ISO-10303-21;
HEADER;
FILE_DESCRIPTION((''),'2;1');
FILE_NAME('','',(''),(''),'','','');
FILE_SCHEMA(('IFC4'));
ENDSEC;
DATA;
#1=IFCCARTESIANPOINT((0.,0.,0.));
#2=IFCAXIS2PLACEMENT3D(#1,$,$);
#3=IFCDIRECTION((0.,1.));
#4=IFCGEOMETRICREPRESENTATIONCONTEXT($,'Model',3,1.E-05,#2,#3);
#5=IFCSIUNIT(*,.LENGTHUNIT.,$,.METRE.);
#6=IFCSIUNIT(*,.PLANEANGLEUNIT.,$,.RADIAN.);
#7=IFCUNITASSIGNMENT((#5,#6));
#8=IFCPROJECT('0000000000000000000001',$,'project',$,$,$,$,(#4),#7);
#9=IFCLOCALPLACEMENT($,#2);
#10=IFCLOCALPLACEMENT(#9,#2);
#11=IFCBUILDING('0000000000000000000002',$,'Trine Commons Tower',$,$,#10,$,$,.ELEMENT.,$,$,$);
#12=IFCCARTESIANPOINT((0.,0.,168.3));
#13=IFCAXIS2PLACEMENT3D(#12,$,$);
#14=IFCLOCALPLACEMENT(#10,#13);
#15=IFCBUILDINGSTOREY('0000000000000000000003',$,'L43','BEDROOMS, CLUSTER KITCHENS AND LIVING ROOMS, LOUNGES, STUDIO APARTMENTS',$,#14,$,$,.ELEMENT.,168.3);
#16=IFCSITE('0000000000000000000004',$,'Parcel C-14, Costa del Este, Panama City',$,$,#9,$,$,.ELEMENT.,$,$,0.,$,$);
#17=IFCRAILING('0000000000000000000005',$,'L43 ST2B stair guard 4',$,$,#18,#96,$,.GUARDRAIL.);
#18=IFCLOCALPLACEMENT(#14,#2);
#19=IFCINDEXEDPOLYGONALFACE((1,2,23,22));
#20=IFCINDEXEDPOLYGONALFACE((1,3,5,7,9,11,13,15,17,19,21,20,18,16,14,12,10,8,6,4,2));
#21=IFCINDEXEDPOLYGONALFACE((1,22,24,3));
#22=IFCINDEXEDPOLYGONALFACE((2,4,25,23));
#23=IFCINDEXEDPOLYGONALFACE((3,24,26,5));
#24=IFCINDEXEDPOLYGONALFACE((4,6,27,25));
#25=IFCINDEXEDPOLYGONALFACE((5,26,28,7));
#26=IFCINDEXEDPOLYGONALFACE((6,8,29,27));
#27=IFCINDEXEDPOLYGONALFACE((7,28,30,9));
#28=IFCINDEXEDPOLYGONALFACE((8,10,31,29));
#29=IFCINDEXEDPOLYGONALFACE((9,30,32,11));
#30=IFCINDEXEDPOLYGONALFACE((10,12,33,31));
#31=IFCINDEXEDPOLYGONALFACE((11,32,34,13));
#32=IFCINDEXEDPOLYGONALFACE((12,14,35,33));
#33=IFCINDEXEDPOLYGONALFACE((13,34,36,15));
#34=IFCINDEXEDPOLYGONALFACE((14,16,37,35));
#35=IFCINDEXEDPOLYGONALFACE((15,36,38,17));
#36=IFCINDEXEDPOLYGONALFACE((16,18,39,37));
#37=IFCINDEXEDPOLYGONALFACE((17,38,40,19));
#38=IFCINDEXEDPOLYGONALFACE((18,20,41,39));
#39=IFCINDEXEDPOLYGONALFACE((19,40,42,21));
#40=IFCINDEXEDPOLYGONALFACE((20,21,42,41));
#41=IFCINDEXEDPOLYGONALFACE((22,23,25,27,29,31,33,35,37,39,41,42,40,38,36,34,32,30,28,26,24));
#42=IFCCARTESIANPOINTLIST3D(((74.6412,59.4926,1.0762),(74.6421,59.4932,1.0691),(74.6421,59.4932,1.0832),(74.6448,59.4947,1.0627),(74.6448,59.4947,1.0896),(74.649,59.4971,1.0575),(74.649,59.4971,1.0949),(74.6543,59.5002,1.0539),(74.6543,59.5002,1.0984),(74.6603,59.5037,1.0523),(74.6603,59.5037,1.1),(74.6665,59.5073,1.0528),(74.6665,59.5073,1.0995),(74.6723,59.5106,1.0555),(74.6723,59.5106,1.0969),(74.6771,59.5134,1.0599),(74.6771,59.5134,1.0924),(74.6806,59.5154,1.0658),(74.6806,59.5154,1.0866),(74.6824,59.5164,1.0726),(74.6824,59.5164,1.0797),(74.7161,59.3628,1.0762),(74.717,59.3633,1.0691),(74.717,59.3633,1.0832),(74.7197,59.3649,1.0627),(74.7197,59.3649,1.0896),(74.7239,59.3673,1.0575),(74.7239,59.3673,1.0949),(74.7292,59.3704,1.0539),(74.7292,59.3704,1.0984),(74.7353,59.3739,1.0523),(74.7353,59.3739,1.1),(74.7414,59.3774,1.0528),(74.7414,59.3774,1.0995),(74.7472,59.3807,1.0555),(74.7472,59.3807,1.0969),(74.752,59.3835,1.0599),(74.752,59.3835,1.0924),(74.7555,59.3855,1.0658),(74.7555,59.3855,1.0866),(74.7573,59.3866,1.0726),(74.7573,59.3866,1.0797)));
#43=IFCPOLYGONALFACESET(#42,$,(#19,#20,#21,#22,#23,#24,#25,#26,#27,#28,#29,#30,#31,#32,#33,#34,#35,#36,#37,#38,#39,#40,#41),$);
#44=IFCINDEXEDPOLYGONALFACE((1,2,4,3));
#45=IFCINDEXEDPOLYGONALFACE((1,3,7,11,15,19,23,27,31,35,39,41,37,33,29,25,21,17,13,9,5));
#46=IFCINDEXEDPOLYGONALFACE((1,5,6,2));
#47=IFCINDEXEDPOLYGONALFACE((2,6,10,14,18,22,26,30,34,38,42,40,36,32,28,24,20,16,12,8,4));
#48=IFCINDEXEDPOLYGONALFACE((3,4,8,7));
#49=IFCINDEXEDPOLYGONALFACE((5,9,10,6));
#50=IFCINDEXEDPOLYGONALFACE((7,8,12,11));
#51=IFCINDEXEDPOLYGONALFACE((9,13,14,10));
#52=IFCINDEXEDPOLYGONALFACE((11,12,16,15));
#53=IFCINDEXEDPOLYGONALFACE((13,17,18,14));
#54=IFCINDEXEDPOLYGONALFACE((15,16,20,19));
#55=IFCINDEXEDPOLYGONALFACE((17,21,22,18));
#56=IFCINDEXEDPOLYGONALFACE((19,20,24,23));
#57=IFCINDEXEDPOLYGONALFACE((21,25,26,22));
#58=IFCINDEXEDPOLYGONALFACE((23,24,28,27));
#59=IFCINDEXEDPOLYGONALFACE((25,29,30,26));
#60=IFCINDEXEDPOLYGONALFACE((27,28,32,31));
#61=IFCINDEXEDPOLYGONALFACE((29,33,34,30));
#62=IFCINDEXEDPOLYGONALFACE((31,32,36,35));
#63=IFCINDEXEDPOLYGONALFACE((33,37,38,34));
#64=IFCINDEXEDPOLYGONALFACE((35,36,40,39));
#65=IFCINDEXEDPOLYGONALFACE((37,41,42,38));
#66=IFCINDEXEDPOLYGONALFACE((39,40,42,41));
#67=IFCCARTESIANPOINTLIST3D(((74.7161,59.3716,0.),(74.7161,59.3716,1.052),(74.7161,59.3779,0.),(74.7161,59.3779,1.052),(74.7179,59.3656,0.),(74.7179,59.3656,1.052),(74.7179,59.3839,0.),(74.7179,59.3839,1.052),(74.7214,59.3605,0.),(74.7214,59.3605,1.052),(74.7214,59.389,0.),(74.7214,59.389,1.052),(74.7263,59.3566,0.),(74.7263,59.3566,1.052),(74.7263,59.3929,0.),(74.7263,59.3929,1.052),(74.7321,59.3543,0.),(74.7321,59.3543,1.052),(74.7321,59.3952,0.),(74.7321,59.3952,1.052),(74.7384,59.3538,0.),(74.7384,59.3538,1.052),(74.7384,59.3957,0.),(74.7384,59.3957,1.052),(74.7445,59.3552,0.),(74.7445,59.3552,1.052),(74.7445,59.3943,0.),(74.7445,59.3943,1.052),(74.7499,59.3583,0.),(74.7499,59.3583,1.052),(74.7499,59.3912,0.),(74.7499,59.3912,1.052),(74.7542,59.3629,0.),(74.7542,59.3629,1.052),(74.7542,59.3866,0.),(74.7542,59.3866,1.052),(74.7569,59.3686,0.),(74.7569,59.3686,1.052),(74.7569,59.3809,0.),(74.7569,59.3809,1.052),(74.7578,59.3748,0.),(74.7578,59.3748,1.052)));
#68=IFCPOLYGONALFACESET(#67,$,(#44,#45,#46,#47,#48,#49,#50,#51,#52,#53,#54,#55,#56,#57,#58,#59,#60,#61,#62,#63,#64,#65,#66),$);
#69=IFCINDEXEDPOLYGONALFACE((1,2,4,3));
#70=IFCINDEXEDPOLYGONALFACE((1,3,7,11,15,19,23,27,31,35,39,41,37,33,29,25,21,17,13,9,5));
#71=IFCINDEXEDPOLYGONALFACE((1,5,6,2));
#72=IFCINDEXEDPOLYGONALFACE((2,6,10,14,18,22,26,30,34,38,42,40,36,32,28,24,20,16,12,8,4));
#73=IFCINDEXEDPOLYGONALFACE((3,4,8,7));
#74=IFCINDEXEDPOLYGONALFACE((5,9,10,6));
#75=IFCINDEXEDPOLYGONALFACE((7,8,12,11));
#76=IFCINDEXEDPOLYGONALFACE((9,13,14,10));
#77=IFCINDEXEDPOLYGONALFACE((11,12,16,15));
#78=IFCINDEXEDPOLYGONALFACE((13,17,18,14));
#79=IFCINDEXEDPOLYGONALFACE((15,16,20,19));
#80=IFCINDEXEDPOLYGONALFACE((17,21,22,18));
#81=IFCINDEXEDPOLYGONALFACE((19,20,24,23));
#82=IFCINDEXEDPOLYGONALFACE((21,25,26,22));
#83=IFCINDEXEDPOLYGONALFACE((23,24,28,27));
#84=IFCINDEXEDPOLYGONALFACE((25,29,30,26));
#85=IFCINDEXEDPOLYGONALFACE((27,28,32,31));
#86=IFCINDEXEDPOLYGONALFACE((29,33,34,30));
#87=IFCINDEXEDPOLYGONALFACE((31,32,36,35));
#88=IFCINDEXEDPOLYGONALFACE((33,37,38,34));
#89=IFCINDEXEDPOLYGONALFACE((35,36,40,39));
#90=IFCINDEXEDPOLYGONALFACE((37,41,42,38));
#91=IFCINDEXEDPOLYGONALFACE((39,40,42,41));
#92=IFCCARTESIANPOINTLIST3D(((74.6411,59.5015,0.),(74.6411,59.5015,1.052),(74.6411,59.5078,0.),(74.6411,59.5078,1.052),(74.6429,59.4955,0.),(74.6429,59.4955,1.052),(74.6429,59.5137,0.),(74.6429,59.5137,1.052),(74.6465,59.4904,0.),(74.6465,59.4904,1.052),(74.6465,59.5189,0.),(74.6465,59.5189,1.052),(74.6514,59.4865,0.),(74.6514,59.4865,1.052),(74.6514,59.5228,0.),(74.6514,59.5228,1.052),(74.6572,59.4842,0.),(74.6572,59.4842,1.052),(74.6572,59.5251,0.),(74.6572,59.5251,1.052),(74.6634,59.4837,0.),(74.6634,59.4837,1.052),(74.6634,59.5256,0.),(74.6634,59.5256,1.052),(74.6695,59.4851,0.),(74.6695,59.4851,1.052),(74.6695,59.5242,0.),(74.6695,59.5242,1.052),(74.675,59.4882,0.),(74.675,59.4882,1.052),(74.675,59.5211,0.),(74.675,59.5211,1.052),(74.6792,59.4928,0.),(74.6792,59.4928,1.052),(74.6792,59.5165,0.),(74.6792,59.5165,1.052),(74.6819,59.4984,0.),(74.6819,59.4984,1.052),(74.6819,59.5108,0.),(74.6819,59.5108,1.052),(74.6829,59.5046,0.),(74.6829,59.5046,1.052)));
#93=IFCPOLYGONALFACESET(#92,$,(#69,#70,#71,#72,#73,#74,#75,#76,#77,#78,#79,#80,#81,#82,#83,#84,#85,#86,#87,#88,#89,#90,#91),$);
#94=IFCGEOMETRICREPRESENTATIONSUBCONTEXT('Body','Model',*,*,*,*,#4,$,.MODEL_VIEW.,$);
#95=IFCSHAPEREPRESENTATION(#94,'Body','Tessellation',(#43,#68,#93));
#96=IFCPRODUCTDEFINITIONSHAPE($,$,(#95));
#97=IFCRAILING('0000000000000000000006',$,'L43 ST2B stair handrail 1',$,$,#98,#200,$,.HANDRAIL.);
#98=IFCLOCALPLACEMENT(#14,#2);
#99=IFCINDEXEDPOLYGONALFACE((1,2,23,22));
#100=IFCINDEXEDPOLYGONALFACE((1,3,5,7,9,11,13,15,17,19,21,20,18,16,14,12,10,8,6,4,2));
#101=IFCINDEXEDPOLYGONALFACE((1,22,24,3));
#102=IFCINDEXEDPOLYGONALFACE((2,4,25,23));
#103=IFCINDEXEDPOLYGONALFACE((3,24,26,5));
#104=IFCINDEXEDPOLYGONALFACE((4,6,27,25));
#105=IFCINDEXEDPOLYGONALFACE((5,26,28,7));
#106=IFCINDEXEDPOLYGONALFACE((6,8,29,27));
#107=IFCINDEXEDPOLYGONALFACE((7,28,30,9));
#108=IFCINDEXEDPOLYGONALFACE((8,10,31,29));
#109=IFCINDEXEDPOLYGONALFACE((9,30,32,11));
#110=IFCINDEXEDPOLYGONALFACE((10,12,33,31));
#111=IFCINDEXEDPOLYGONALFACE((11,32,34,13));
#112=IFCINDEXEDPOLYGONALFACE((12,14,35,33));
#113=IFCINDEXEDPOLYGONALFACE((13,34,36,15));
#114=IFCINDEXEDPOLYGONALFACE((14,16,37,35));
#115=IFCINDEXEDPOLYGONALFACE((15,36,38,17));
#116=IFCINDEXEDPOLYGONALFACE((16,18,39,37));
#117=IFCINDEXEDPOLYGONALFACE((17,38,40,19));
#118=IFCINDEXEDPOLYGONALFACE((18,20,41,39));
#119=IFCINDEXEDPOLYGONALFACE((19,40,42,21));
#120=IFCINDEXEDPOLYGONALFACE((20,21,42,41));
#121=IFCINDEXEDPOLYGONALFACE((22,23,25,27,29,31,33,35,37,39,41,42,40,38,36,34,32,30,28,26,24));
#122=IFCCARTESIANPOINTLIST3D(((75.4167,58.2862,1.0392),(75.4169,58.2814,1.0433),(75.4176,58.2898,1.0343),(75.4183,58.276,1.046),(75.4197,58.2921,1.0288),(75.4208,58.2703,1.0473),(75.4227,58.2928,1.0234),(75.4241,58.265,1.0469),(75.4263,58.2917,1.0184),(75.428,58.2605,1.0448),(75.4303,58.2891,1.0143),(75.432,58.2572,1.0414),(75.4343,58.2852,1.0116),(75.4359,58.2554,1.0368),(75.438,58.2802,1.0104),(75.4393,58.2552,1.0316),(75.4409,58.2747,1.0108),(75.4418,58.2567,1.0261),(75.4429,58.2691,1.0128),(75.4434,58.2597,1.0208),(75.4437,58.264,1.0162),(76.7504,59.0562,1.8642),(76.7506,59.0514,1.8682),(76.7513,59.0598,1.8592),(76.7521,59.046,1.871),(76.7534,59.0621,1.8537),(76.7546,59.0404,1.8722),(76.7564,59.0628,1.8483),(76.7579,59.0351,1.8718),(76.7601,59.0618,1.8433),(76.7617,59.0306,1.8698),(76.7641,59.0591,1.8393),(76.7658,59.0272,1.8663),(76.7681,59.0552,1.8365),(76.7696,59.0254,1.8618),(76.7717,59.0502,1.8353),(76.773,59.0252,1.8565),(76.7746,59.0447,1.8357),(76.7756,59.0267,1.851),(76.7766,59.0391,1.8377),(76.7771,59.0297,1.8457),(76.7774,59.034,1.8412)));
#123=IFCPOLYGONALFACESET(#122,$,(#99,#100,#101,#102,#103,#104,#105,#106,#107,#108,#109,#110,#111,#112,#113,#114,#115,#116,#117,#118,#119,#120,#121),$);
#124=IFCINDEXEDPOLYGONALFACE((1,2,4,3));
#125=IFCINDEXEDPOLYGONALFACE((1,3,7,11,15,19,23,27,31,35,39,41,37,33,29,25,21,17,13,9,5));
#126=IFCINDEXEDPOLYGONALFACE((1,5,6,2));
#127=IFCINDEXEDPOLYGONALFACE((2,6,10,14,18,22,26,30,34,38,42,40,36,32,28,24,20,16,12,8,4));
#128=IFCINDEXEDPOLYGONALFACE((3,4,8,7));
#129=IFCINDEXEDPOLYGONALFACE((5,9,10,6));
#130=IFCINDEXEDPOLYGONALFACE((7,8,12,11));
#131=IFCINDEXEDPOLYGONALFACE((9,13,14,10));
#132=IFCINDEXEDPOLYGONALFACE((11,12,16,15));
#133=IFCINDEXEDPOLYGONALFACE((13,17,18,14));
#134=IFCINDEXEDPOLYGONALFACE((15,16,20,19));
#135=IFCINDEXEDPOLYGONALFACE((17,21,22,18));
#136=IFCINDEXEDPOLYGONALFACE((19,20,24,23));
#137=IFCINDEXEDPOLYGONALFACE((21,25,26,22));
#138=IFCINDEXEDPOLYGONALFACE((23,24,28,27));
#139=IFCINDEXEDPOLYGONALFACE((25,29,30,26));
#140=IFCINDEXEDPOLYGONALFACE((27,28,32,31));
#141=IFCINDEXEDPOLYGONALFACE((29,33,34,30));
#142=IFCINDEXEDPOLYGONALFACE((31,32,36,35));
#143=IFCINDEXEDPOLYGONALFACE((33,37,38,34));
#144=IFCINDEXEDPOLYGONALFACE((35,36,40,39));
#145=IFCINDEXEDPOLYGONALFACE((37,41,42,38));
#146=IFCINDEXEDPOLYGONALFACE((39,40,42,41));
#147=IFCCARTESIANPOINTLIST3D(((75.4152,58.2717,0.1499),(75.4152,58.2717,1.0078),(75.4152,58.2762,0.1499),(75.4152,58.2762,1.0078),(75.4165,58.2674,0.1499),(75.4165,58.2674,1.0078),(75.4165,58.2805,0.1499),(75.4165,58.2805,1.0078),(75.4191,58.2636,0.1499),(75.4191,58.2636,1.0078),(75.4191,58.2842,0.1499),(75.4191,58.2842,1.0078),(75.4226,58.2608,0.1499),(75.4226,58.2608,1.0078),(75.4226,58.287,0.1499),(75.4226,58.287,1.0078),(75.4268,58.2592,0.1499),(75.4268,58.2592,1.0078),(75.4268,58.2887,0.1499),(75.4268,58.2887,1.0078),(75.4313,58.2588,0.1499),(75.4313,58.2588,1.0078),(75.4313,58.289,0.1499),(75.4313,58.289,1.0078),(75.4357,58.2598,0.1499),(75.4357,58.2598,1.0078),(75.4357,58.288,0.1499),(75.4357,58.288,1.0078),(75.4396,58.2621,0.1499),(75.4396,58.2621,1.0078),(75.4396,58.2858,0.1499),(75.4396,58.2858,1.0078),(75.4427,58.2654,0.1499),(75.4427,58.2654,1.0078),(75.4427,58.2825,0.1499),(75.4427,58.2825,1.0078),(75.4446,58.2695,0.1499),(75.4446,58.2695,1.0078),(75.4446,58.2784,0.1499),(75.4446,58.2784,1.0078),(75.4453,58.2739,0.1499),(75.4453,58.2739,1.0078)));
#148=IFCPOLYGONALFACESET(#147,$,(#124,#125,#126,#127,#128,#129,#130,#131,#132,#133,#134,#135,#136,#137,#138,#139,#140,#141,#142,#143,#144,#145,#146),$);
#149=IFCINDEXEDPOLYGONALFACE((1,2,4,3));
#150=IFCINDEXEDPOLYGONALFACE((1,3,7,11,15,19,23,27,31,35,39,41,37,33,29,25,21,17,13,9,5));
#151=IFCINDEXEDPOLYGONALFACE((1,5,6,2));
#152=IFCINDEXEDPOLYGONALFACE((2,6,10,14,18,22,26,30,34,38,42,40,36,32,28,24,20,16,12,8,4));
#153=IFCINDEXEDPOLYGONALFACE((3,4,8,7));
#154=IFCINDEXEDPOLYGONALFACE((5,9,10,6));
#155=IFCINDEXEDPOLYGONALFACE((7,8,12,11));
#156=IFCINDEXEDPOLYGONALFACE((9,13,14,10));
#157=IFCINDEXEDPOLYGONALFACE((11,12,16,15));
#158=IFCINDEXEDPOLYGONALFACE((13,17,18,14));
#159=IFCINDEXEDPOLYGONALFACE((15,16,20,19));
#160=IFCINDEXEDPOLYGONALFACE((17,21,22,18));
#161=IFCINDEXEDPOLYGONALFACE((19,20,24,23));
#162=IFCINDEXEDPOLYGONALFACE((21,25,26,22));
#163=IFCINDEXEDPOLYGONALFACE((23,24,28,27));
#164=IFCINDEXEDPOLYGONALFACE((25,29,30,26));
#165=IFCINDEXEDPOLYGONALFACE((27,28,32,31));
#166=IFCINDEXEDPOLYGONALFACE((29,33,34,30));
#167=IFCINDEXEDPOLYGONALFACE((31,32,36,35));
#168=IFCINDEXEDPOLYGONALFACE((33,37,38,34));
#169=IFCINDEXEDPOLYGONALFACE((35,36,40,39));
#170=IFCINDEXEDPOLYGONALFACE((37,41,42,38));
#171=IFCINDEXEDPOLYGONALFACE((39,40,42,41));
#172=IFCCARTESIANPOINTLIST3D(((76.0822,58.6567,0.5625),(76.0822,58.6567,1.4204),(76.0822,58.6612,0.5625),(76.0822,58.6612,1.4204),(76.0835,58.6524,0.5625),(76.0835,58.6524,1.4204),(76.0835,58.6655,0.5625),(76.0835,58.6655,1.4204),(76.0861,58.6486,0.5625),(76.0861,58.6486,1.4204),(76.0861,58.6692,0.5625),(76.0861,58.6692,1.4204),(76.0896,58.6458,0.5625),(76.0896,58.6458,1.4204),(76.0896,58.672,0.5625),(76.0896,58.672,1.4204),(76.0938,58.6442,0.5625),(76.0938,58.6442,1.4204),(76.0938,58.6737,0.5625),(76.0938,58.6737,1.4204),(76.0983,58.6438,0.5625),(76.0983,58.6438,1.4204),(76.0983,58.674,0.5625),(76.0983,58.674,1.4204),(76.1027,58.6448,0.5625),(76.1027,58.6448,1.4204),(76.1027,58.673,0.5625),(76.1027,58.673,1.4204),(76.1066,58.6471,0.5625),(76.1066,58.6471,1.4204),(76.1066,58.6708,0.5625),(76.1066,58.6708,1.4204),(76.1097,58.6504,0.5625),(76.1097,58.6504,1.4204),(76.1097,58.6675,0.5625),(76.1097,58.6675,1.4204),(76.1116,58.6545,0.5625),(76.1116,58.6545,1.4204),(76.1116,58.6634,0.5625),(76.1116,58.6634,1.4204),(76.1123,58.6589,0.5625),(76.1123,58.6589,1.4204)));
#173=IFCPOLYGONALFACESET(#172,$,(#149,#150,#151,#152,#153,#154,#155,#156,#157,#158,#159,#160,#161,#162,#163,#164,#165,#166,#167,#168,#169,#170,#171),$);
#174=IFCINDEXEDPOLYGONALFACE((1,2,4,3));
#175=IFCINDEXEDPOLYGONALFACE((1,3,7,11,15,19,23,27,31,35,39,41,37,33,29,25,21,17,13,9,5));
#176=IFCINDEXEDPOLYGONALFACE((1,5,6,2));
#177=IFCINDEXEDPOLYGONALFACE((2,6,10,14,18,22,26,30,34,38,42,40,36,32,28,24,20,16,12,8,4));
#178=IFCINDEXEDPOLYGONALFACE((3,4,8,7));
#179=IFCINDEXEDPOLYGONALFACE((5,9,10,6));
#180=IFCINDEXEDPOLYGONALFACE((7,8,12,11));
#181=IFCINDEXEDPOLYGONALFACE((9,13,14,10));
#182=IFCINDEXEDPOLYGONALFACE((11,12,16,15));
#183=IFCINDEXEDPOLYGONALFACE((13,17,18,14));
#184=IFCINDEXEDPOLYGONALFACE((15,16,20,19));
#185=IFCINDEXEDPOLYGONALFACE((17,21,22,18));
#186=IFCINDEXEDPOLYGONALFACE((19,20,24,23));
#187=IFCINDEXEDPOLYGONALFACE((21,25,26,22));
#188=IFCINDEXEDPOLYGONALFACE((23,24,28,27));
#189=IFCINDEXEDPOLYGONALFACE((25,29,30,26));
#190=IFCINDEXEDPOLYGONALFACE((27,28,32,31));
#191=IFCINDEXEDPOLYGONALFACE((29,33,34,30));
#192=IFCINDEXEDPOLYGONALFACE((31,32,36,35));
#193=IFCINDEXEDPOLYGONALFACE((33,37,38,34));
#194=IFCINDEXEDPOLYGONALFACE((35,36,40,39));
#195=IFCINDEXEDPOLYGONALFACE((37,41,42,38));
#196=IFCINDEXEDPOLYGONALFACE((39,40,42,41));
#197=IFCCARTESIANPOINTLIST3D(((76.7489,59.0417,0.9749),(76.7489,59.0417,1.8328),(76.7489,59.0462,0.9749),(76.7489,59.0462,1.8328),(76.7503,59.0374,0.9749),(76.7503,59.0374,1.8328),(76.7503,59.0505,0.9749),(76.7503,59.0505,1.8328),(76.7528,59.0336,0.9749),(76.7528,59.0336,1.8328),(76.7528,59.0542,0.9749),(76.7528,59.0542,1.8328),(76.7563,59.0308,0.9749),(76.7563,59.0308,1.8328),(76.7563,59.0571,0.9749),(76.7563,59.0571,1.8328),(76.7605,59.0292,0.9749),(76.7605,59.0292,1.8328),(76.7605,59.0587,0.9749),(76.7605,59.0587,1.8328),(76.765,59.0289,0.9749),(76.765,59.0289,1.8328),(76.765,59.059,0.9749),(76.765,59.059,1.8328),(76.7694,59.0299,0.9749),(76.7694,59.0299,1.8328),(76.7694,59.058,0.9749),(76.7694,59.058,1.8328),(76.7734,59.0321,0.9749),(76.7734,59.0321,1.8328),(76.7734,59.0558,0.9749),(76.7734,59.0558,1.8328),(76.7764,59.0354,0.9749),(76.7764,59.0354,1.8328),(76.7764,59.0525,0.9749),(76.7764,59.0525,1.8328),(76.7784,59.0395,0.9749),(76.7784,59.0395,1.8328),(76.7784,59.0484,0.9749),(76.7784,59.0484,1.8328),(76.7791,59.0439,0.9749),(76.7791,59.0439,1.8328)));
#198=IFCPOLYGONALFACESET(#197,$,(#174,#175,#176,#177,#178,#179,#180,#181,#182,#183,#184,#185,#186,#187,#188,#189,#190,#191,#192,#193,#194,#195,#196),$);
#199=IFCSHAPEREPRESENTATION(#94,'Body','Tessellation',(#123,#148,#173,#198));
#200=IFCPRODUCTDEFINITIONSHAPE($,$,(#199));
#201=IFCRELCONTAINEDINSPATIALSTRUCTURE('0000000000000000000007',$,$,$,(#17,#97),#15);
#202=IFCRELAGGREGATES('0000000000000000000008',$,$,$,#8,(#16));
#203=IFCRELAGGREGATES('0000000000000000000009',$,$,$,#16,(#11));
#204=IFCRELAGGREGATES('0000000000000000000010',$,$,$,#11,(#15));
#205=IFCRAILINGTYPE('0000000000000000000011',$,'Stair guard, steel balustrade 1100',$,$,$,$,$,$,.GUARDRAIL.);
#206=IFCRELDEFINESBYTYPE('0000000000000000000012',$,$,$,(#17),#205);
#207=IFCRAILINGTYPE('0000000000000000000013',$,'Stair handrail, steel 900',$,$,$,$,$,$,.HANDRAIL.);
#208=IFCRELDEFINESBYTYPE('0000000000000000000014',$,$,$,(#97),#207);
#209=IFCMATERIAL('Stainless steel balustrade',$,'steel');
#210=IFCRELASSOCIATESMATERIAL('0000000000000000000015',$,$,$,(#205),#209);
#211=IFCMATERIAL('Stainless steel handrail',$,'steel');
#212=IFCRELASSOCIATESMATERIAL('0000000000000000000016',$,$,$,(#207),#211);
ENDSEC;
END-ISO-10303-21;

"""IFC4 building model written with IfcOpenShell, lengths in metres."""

from ifc_helpers import new_model, si_unit, direction, frame, origin, origin_2d, place, context, subcontext, project, spatial, circle, extrude, material, type_object, element, save


model = new_model("IFC4")

# Units and contexts
model_context = context("Model", 3, precision=1e-05, world=origin(), true_north=direction((0.0, 1.0)))
body_context = subcontext(model_context, "Body", "Model", "MODEL_VIEW")
ifc_project = project(units=[si_unit("LENGTHUNIT", "METRE"), si_unit("PLANEANGLEUNIT", "RADIAN")], contexts=[model_context])

# Site, building, storey
site_placement = place(None, origin())
site = spatial("IfcSite", under=ifc_project, at=site_placement, Name="Parcel C-14, Costa del Este, Panama City", CompositionType="ELEMENT", RefElevation=0.0)
building_placement = place(site_placement, origin())
building = spatial("IfcBuilding", under=site, at=building_placement, Name="Trine Commons Tower", CompositionType="ELEMENT")
storey_placement = place(building_placement, frame((0.0, 0.0, 168.3)))
storey = spatial("IfcBuildingStorey", under=building, at=storey_placement, Name="L43", Description="BEDROOMS, CLUSTER KITCHENS AND LIVING ROOMS, LOUNGES, STUDIO APARTMENTS", CompositionType="ELEMENT", Elevation=168.3)

# Railings
ifc_material_1 = material(Name="Stainless steel balustrade", Category="steel")
railing_type_1 = type_object("IfcRailingType", Name="Stair guard, steel balustrade 1100", PredefinedType="GUARDRAIL", material=ifc_material_1)
railing_1_placement = place(storey_placement, frame((74.7368, 59.3748, 0.0)))
element("IfcRailing", 1, at=railing_1_placement, inside=storey, type_object=railing_type_1, Name="L43 ST2B stair guard 4", PredefinedType="GUARDRAIL", context=body_context, shape_type="SweptSolid", body=[
    extrude(circle(Radius=0.0239, at=origin_2d()), frame((0.0, 0.0, 1.0762), z_axis=(-0.499816, 0.866131, 0.0), x_axis=(-0.866131, -0.499816, 0.0)), (0.0, 0.0, 1.0), 0.1499),
    extrude(circle(Radius=0.021, at=origin_2d()), origin(), (0.0, 0.0, 1.0), 1.052),
    extrude(circle(Radius=0.021, at=origin_2d()), frame((-0.075, 0.1299, 0.0)), (0.0, 0.0, 1.0), 1.052),
])
ifc_material_2 = material(Name="Stainless steel handrail", Category="steel")
railing_type_2 = type_object("IfcRailingType", Name="Stair handrail, steel 900", PredefinedType="HANDRAIL", material=ifc_material_2)
railing_2_placement = place(storey_placement, frame((75.4302, 58.2739, 0.1499)))
element("IfcRailing", 2, at=railing_2_placement, inside=storey, type_object=railing_type_2, Name="L43 ST2B stair handrail 1", PredefinedType="HANDRAIL", context=body_context, shape_type="SweptSolid", body=[
    extrude(circle(Radius=0.021, at=origin_2d()), frame((0.0, 0.0, 0.8789), z_axis=(0.763405, 0.440743, 0.472185), x_axis=(-0.499992, 0.86603, 0.0)), (0.0, 0.0, 1.0), 1.7471),
    extrude(circle(Radius=0.0151, at=origin_2d()), origin(), (0.0, 0.0, 1.0), 0.8579),
    extrude(circle(Radius=0.0151, at=origin_2d()), frame((0.667, 0.385, 0.4126)), (0.0, 0.0, 1.0), 0.8579),
    extrude(circle(Radius=0.0151, at=origin_2d()), frame((1.3337, 0.77, 0.825)), (0.0, 0.0, 1.0), 0.8579),
])

save(model, "model.ifc")
